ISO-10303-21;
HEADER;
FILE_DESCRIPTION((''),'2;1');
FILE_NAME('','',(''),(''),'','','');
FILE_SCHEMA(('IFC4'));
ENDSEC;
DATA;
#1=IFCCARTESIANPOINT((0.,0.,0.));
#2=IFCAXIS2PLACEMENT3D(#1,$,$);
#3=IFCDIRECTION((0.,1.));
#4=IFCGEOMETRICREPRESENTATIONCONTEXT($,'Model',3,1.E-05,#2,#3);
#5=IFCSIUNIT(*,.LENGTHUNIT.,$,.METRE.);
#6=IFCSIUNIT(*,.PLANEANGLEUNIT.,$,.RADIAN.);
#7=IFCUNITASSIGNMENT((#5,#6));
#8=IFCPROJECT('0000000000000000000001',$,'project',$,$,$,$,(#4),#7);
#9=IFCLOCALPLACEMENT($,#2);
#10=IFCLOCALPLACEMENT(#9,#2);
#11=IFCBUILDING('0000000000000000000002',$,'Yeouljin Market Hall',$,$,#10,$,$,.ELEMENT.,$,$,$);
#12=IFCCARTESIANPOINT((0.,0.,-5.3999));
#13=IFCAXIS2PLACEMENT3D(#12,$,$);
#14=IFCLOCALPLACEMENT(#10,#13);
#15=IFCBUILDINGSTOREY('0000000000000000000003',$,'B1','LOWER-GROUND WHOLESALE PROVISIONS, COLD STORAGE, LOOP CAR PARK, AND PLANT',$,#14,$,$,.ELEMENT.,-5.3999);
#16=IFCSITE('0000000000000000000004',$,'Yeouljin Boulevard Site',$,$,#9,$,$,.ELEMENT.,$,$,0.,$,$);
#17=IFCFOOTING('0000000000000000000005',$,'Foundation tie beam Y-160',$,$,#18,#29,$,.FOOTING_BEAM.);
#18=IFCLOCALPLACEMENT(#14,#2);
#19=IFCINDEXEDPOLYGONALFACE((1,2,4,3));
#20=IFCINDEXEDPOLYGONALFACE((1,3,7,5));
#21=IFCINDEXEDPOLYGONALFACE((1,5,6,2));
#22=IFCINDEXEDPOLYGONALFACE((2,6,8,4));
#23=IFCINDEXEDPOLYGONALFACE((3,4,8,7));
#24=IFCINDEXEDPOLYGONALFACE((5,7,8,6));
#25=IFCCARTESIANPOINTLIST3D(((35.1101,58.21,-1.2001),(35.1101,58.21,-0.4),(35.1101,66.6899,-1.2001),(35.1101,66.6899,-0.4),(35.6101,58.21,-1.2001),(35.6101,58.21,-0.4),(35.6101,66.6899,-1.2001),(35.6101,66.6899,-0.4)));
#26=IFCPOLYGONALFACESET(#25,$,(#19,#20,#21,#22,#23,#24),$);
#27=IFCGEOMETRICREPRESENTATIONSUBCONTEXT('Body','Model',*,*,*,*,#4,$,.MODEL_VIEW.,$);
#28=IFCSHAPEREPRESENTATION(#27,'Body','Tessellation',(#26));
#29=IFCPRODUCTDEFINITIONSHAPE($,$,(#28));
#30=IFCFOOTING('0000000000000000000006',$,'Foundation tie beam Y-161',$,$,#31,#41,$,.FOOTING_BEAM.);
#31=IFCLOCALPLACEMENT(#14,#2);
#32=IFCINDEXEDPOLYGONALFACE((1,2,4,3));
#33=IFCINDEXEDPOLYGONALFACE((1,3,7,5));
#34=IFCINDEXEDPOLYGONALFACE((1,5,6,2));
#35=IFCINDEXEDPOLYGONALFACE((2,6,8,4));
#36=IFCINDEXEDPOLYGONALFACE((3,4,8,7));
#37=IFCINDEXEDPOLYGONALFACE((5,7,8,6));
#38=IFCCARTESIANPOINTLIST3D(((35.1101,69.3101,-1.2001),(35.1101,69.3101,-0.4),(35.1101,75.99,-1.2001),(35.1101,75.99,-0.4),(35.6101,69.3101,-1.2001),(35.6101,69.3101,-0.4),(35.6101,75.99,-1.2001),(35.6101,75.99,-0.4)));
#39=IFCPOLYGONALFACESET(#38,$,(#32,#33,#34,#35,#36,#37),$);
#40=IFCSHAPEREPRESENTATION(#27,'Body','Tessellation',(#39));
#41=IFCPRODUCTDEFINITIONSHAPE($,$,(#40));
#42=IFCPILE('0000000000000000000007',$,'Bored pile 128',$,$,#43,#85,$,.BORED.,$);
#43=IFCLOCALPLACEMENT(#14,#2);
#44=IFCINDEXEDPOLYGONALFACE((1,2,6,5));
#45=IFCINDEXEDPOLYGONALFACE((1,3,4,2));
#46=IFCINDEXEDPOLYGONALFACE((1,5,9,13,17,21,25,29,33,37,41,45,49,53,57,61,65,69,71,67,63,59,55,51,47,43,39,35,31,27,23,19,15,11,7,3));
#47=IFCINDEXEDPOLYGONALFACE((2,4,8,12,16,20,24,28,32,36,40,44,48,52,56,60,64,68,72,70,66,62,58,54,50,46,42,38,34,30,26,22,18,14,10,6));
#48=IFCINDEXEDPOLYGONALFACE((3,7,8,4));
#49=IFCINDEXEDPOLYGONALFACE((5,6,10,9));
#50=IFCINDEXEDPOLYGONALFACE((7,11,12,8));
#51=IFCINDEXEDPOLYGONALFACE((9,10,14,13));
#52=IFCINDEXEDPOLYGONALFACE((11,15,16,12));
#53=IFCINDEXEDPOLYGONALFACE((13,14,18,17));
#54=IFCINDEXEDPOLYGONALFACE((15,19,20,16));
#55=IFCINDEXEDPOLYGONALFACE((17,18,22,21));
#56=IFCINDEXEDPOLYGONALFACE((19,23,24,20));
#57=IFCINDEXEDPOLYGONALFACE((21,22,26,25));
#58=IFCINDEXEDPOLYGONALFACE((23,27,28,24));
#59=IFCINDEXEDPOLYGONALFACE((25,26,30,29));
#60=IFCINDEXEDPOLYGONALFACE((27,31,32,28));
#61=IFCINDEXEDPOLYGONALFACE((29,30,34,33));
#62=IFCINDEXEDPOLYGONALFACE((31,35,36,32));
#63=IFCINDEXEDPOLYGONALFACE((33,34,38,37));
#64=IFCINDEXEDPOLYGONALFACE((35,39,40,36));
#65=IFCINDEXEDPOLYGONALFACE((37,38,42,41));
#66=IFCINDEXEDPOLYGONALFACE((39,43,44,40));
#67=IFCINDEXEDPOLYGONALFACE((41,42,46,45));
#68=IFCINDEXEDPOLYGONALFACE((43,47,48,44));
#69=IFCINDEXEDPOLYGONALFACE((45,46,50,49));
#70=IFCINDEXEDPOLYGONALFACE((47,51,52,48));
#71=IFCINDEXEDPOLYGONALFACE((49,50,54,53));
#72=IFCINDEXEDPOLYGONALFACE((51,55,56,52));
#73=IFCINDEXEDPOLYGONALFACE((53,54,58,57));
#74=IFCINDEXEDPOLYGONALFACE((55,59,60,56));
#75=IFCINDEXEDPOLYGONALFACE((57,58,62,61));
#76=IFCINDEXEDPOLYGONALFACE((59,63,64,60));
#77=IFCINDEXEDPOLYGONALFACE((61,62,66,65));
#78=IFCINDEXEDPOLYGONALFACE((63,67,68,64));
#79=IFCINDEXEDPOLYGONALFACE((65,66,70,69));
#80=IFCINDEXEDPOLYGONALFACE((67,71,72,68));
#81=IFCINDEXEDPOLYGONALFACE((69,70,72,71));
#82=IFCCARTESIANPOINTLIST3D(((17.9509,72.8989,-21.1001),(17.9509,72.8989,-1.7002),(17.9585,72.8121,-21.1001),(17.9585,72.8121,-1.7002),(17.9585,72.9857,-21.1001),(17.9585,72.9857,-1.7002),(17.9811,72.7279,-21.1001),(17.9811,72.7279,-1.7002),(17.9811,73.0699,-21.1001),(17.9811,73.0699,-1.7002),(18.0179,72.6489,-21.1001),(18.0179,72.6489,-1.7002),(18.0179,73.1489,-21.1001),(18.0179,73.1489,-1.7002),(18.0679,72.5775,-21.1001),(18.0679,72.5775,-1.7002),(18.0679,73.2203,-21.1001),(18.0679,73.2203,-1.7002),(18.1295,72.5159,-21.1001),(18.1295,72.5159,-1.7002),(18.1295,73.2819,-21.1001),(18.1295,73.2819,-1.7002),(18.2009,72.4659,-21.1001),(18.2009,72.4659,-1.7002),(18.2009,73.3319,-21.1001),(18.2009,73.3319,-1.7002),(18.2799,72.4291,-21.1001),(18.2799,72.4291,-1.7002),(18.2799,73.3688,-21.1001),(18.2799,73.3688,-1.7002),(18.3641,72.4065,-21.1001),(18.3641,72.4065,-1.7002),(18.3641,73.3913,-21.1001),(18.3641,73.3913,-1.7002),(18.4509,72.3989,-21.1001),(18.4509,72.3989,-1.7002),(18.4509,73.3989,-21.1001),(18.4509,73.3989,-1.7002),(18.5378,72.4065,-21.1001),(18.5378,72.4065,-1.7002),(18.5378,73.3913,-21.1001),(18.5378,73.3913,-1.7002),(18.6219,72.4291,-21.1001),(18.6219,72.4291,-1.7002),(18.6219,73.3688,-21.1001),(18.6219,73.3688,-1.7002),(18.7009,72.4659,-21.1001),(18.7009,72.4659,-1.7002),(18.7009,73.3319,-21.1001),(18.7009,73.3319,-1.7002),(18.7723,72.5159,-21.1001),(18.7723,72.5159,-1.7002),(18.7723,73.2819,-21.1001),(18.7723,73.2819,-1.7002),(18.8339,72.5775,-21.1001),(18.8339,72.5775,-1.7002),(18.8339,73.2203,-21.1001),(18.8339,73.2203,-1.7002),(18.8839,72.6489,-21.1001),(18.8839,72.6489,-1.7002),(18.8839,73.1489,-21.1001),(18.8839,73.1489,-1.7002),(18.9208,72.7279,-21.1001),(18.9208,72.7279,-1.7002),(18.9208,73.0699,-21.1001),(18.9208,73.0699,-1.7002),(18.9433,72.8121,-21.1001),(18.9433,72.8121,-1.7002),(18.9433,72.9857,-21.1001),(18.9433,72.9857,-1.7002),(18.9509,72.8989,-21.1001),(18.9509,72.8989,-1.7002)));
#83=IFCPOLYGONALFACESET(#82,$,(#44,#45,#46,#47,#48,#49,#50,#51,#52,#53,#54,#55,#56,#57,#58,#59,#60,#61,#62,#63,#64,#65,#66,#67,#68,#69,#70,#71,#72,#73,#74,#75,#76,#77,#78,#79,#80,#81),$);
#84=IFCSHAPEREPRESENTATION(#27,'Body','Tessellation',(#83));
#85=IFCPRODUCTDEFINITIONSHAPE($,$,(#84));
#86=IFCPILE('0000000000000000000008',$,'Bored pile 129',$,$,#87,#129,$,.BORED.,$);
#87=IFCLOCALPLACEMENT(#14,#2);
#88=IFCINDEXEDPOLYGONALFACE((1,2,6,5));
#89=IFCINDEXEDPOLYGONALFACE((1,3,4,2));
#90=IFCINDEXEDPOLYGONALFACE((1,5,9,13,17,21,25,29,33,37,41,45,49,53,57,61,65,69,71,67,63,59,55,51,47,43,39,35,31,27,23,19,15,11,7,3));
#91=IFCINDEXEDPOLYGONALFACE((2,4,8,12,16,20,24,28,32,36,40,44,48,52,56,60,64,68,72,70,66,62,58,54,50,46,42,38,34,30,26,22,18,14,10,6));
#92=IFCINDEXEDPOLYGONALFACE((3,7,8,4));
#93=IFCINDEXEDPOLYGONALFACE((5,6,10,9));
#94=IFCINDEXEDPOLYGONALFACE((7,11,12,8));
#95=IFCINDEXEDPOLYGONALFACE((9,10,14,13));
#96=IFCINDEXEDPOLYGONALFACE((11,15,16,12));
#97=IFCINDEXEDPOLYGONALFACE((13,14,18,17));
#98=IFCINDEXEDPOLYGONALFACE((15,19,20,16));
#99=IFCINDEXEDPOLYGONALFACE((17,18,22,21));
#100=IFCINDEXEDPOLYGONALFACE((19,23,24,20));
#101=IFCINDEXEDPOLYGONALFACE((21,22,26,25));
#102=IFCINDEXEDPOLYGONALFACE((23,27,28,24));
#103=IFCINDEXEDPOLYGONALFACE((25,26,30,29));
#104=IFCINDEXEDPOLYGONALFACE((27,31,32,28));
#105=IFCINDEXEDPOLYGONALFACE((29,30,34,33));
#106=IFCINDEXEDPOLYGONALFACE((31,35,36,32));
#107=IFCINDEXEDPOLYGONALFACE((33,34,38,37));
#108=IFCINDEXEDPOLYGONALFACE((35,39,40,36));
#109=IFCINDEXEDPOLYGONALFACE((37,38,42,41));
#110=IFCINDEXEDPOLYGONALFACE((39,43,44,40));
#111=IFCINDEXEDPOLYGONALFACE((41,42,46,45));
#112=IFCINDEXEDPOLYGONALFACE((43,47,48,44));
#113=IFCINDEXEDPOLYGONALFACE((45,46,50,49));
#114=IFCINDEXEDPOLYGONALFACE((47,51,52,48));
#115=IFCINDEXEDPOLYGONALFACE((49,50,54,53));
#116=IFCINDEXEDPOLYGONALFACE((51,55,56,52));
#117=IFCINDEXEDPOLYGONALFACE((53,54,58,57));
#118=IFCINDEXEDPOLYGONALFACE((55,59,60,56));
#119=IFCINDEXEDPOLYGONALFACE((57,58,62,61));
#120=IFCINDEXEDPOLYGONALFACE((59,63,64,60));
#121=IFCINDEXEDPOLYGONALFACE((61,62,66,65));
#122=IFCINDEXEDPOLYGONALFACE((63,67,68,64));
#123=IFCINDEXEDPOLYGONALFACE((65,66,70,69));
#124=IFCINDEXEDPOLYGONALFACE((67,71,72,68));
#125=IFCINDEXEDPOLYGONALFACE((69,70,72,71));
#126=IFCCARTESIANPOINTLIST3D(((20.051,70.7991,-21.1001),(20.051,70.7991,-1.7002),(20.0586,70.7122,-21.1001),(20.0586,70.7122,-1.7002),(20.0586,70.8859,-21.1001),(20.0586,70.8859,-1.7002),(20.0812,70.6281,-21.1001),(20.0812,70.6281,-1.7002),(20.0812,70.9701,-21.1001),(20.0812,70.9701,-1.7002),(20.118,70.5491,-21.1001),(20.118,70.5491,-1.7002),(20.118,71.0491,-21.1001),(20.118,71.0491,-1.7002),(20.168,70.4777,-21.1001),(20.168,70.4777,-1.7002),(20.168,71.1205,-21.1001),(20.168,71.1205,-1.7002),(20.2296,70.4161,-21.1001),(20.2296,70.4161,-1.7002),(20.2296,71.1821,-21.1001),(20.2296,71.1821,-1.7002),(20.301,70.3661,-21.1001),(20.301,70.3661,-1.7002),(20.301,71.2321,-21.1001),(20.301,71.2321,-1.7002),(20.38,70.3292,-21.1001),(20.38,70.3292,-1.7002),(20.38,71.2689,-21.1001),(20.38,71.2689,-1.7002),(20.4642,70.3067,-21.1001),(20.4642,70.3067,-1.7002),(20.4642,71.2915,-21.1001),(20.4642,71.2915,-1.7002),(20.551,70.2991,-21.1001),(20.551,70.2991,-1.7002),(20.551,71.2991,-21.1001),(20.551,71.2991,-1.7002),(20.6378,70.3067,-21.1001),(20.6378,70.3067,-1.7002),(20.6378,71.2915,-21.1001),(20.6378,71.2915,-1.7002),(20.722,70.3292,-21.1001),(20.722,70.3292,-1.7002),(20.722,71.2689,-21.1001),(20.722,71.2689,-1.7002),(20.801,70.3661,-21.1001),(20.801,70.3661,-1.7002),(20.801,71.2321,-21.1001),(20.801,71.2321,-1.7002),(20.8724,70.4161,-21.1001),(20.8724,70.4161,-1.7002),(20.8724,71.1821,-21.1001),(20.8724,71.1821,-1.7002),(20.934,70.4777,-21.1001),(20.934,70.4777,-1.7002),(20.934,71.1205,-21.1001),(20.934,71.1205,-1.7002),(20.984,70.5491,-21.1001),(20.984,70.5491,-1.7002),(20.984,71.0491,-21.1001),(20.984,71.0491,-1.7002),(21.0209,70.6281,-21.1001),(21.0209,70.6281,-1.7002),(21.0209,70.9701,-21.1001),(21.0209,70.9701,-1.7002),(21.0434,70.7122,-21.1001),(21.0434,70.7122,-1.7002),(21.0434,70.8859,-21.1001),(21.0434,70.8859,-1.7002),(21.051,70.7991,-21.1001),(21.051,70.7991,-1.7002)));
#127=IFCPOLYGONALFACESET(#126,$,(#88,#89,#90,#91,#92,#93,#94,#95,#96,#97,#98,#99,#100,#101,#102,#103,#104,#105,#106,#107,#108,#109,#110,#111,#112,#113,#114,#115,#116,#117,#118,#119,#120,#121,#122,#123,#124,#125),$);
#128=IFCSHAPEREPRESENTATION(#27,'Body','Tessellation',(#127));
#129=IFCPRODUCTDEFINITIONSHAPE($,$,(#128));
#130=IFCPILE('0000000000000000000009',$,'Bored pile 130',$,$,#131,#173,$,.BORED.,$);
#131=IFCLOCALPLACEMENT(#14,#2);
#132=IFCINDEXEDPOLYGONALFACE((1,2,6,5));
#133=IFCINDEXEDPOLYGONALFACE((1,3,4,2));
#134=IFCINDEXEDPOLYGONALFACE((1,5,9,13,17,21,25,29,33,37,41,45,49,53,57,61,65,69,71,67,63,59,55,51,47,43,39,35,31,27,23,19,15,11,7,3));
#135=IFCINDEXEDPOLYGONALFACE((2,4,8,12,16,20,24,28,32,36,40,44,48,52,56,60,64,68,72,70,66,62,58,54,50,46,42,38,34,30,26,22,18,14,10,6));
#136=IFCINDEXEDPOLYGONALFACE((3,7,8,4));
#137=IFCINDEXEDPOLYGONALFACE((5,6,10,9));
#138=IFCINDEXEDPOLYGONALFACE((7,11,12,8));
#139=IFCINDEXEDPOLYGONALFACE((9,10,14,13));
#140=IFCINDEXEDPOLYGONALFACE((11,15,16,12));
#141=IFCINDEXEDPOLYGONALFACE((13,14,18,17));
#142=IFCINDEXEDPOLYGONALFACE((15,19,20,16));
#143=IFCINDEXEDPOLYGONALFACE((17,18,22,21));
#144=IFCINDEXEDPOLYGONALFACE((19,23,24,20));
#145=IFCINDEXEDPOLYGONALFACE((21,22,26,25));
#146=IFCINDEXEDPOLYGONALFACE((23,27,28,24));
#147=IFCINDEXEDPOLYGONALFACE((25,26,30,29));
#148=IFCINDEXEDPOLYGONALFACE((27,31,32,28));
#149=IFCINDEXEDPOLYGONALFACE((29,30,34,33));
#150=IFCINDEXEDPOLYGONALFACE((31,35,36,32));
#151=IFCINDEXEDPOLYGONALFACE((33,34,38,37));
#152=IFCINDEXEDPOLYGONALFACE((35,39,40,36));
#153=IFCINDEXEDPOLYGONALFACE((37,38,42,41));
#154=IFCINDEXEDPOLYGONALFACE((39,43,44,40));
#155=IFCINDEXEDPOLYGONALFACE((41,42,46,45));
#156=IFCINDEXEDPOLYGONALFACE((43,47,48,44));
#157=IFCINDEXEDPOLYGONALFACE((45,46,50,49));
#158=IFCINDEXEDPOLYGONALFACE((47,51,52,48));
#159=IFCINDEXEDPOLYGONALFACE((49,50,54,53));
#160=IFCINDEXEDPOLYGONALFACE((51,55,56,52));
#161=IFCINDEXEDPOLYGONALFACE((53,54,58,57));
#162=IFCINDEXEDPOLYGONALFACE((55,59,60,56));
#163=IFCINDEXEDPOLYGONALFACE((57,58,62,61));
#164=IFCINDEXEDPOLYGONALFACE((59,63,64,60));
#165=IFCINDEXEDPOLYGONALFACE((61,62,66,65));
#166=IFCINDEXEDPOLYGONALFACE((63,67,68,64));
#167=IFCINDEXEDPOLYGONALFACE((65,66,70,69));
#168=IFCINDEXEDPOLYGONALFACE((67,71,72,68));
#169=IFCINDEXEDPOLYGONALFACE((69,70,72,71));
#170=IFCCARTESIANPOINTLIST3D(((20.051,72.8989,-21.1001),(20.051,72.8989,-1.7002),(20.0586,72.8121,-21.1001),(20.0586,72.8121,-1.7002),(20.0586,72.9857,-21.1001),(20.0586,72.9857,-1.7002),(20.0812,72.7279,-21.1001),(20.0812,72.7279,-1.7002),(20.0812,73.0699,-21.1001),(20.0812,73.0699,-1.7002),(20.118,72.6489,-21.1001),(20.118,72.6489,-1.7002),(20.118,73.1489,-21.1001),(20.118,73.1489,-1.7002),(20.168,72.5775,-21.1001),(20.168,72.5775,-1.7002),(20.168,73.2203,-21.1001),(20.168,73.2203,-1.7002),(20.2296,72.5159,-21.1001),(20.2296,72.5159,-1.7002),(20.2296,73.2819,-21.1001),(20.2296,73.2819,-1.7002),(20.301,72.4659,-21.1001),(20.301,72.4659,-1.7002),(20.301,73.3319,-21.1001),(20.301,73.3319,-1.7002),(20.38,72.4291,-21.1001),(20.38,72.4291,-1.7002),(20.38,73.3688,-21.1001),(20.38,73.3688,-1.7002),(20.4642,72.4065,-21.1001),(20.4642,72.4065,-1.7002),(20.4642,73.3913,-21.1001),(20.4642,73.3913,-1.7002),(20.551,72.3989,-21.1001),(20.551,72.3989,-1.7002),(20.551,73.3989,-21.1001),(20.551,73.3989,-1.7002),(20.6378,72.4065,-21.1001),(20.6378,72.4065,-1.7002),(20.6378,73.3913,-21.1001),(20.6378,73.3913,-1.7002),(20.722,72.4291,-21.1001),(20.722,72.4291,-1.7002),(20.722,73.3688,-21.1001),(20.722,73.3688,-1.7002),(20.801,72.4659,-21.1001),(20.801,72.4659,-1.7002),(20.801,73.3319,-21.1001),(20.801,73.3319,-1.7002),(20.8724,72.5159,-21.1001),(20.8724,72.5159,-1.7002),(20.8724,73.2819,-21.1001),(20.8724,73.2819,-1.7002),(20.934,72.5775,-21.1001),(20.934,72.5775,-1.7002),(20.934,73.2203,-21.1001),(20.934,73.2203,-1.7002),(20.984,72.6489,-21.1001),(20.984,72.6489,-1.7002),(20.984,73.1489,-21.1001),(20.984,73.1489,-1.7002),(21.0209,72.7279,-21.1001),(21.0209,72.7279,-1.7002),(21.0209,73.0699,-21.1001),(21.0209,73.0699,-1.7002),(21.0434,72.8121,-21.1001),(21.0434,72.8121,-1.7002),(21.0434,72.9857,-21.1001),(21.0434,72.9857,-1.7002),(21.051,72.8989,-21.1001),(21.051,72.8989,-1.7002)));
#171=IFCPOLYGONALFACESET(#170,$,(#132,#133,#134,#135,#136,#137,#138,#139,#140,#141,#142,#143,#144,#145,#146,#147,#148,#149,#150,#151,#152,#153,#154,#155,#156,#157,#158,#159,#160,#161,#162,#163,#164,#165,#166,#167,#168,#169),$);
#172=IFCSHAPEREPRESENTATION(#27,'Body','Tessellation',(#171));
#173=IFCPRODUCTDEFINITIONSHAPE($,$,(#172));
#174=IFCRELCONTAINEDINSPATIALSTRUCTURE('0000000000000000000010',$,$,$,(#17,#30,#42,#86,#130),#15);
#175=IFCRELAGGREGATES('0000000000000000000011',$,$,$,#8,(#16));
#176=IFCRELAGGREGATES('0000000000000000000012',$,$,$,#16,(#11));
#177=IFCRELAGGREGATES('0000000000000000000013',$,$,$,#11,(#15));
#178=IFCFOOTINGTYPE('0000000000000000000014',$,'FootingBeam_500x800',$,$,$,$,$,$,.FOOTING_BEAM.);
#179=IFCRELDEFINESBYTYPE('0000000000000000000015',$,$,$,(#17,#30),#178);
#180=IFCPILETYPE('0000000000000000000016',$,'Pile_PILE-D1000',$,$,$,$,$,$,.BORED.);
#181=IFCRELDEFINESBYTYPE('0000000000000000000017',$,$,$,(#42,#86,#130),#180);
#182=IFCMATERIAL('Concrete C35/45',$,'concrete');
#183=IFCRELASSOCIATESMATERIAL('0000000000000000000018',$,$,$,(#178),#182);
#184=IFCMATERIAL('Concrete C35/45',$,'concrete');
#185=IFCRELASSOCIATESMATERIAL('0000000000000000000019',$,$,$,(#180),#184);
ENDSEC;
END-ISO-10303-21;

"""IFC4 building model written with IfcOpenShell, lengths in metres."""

from ifc_helpers import new_model, si_unit, direction, frame, origin, origin_2d, place, context, subcontext, project, spatial, rectangle, circle, extrude, material, material_profile, profile_set, type_object, element, save


model = new_model("IFC4")

# Units and contexts
model_context = context("Model", 3, precision=1e-05, world=origin(), true_north=direction((0.0, 1.0)))
body_context = subcontext(model_context, "Body", "Model", "MODEL_VIEW")
ifc_project = project(units=[si_unit("LENGTHUNIT", "METRE"), si_unit("PLANEANGLEUNIT", "RADIAN")], contexts=[model_context])

# Site, building, storey
site_placement = place(None, origin())
site = spatial("IfcSite", under=ifc_project, at=site_placement, Name="Yeouljin Boulevard Site", CompositionType="ELEMENT", RefElevation=0.0)
building_placement = place(site_placement, origin())
building = spatial("IfcBuilding", under=site, at=building_placement, Name="Yeouljin Market Hall", CompositionType="ELEMENT")
storey_placement = place(building_placement, frame((0.0, 0.0, -5.3999)))
storey = spatial("IfcBuildingStorey", under=building, at=storey_placement, Name="B1", Description="LOWER-GROUND WHOLESALE PROVISIONS, COLD STORAGE, LOOP CAR PARK, AND PLANT", CompositionType="ELEMENT", Elevation=-5.3999)

# Footings
ifc_material_1 = material(Name="Concrete C35/45", Category="concrete")
ifc_material_profile_1 = material_profile(ifc_material_1, rectangle(XDim=0.5, YDim=0.8, at=origin_2d()), Name="RC-500x800")
ifc_profile_set_1 = profile_set([ifc_material_profile_1], Name="Concrete C35/45")
footing_type = type_object("IfcFootingType", Name="FootingBeam_500x800", PredefinedType="FOOTING_BEAM", material=ifc_profile_set_1)
footing_1_placement = place(storey_placement, frame((35.3601, 58.21, -0.8), z_axis=(0.0, 1.0, 0.0), x_axis=(-1.0, 0.0, 0.0)))
element("IfcFooting", 1, at=footing_1_placement, inside=storey, type_object=footing_type, Name="Foundation tie beam Y-160", PredefinedType="FOOTING_BEAM", context=body_context, shape_type="SweptSolid", body=[
    extrude(rectangle(XDim=0.5, YDim=0.8, at=origin_2d()), origin(), (0.0, 0.0, 1.0), 8.48),
])
footing_2_placement = place(storey_placement, frame((35.3601, 69.3101, -0.8), z_axis=(0.0, 1.0, 0.0), x_axis=(-1.0, 0.0, 0.0)))
element("IfcFooting", 2, at=footing_2_placement, inside=storey, type_object=footing_type, Name="Foundation tie beam Y-161", PredefinedType="FOOTING_BEAM", context=body_context, shape_type="SweptSolid", body=[
    extrude(rectangle(XDim=0.5, YDim=0.8, at=origin_2d()), origin(), (0.0, 0.0, 1.0), 6.6799),
])

# Piles
ifc_material_2 = material(Name="Concrete C35/45", Category="concrete")
ifc_material_profile_2 = material_profile(ifc_material_2, circle(Radius=0.5, at=origin_2d()), Name="PILE-D1000")
ifc_profile_set_2 = profile_set([ifc_material_profile_2], Name="Concrete C35/45")
pile_type = type_object("IfcPileType", Name="Pile_PILE-D1000", PredefinedType="BORED", material=ifc_profile_set_2)
for number, where, z_axis, x_axis, name in (
    (3, (18.4509, 72.8989, -1.7002), (0.0, 0.0, -1.0), (1.0, 0.0, 0.0), "Bored pile 128"),
    (4, (20.551, 70.7991, -1.7002), (0.0, 0.0, -1.0), (1.0, 0.0, 0.0), "Bored pile 129"),
    (5, (20.551, 72.8989, -1.7002), (0.0, 0.0, -1.0), (1.0, 0.0, 0.0), "Bored pile 130"),
):
    element("IfcPile", number, at=place(storey_placement, frame(where, z_axis=z_axis, x_axis=x_axis)), inside=storey, type_object=pile_type, Name=name, PredefinedType="BORED", context=body_context, shape_type="SweptSolid", body=[
        extrude(circle(Radius=0.5, at=origin_2d()), origin(), (0.0, 0.0, 1.0), 19.3999),
    ])

save(model, "model.ifc")
